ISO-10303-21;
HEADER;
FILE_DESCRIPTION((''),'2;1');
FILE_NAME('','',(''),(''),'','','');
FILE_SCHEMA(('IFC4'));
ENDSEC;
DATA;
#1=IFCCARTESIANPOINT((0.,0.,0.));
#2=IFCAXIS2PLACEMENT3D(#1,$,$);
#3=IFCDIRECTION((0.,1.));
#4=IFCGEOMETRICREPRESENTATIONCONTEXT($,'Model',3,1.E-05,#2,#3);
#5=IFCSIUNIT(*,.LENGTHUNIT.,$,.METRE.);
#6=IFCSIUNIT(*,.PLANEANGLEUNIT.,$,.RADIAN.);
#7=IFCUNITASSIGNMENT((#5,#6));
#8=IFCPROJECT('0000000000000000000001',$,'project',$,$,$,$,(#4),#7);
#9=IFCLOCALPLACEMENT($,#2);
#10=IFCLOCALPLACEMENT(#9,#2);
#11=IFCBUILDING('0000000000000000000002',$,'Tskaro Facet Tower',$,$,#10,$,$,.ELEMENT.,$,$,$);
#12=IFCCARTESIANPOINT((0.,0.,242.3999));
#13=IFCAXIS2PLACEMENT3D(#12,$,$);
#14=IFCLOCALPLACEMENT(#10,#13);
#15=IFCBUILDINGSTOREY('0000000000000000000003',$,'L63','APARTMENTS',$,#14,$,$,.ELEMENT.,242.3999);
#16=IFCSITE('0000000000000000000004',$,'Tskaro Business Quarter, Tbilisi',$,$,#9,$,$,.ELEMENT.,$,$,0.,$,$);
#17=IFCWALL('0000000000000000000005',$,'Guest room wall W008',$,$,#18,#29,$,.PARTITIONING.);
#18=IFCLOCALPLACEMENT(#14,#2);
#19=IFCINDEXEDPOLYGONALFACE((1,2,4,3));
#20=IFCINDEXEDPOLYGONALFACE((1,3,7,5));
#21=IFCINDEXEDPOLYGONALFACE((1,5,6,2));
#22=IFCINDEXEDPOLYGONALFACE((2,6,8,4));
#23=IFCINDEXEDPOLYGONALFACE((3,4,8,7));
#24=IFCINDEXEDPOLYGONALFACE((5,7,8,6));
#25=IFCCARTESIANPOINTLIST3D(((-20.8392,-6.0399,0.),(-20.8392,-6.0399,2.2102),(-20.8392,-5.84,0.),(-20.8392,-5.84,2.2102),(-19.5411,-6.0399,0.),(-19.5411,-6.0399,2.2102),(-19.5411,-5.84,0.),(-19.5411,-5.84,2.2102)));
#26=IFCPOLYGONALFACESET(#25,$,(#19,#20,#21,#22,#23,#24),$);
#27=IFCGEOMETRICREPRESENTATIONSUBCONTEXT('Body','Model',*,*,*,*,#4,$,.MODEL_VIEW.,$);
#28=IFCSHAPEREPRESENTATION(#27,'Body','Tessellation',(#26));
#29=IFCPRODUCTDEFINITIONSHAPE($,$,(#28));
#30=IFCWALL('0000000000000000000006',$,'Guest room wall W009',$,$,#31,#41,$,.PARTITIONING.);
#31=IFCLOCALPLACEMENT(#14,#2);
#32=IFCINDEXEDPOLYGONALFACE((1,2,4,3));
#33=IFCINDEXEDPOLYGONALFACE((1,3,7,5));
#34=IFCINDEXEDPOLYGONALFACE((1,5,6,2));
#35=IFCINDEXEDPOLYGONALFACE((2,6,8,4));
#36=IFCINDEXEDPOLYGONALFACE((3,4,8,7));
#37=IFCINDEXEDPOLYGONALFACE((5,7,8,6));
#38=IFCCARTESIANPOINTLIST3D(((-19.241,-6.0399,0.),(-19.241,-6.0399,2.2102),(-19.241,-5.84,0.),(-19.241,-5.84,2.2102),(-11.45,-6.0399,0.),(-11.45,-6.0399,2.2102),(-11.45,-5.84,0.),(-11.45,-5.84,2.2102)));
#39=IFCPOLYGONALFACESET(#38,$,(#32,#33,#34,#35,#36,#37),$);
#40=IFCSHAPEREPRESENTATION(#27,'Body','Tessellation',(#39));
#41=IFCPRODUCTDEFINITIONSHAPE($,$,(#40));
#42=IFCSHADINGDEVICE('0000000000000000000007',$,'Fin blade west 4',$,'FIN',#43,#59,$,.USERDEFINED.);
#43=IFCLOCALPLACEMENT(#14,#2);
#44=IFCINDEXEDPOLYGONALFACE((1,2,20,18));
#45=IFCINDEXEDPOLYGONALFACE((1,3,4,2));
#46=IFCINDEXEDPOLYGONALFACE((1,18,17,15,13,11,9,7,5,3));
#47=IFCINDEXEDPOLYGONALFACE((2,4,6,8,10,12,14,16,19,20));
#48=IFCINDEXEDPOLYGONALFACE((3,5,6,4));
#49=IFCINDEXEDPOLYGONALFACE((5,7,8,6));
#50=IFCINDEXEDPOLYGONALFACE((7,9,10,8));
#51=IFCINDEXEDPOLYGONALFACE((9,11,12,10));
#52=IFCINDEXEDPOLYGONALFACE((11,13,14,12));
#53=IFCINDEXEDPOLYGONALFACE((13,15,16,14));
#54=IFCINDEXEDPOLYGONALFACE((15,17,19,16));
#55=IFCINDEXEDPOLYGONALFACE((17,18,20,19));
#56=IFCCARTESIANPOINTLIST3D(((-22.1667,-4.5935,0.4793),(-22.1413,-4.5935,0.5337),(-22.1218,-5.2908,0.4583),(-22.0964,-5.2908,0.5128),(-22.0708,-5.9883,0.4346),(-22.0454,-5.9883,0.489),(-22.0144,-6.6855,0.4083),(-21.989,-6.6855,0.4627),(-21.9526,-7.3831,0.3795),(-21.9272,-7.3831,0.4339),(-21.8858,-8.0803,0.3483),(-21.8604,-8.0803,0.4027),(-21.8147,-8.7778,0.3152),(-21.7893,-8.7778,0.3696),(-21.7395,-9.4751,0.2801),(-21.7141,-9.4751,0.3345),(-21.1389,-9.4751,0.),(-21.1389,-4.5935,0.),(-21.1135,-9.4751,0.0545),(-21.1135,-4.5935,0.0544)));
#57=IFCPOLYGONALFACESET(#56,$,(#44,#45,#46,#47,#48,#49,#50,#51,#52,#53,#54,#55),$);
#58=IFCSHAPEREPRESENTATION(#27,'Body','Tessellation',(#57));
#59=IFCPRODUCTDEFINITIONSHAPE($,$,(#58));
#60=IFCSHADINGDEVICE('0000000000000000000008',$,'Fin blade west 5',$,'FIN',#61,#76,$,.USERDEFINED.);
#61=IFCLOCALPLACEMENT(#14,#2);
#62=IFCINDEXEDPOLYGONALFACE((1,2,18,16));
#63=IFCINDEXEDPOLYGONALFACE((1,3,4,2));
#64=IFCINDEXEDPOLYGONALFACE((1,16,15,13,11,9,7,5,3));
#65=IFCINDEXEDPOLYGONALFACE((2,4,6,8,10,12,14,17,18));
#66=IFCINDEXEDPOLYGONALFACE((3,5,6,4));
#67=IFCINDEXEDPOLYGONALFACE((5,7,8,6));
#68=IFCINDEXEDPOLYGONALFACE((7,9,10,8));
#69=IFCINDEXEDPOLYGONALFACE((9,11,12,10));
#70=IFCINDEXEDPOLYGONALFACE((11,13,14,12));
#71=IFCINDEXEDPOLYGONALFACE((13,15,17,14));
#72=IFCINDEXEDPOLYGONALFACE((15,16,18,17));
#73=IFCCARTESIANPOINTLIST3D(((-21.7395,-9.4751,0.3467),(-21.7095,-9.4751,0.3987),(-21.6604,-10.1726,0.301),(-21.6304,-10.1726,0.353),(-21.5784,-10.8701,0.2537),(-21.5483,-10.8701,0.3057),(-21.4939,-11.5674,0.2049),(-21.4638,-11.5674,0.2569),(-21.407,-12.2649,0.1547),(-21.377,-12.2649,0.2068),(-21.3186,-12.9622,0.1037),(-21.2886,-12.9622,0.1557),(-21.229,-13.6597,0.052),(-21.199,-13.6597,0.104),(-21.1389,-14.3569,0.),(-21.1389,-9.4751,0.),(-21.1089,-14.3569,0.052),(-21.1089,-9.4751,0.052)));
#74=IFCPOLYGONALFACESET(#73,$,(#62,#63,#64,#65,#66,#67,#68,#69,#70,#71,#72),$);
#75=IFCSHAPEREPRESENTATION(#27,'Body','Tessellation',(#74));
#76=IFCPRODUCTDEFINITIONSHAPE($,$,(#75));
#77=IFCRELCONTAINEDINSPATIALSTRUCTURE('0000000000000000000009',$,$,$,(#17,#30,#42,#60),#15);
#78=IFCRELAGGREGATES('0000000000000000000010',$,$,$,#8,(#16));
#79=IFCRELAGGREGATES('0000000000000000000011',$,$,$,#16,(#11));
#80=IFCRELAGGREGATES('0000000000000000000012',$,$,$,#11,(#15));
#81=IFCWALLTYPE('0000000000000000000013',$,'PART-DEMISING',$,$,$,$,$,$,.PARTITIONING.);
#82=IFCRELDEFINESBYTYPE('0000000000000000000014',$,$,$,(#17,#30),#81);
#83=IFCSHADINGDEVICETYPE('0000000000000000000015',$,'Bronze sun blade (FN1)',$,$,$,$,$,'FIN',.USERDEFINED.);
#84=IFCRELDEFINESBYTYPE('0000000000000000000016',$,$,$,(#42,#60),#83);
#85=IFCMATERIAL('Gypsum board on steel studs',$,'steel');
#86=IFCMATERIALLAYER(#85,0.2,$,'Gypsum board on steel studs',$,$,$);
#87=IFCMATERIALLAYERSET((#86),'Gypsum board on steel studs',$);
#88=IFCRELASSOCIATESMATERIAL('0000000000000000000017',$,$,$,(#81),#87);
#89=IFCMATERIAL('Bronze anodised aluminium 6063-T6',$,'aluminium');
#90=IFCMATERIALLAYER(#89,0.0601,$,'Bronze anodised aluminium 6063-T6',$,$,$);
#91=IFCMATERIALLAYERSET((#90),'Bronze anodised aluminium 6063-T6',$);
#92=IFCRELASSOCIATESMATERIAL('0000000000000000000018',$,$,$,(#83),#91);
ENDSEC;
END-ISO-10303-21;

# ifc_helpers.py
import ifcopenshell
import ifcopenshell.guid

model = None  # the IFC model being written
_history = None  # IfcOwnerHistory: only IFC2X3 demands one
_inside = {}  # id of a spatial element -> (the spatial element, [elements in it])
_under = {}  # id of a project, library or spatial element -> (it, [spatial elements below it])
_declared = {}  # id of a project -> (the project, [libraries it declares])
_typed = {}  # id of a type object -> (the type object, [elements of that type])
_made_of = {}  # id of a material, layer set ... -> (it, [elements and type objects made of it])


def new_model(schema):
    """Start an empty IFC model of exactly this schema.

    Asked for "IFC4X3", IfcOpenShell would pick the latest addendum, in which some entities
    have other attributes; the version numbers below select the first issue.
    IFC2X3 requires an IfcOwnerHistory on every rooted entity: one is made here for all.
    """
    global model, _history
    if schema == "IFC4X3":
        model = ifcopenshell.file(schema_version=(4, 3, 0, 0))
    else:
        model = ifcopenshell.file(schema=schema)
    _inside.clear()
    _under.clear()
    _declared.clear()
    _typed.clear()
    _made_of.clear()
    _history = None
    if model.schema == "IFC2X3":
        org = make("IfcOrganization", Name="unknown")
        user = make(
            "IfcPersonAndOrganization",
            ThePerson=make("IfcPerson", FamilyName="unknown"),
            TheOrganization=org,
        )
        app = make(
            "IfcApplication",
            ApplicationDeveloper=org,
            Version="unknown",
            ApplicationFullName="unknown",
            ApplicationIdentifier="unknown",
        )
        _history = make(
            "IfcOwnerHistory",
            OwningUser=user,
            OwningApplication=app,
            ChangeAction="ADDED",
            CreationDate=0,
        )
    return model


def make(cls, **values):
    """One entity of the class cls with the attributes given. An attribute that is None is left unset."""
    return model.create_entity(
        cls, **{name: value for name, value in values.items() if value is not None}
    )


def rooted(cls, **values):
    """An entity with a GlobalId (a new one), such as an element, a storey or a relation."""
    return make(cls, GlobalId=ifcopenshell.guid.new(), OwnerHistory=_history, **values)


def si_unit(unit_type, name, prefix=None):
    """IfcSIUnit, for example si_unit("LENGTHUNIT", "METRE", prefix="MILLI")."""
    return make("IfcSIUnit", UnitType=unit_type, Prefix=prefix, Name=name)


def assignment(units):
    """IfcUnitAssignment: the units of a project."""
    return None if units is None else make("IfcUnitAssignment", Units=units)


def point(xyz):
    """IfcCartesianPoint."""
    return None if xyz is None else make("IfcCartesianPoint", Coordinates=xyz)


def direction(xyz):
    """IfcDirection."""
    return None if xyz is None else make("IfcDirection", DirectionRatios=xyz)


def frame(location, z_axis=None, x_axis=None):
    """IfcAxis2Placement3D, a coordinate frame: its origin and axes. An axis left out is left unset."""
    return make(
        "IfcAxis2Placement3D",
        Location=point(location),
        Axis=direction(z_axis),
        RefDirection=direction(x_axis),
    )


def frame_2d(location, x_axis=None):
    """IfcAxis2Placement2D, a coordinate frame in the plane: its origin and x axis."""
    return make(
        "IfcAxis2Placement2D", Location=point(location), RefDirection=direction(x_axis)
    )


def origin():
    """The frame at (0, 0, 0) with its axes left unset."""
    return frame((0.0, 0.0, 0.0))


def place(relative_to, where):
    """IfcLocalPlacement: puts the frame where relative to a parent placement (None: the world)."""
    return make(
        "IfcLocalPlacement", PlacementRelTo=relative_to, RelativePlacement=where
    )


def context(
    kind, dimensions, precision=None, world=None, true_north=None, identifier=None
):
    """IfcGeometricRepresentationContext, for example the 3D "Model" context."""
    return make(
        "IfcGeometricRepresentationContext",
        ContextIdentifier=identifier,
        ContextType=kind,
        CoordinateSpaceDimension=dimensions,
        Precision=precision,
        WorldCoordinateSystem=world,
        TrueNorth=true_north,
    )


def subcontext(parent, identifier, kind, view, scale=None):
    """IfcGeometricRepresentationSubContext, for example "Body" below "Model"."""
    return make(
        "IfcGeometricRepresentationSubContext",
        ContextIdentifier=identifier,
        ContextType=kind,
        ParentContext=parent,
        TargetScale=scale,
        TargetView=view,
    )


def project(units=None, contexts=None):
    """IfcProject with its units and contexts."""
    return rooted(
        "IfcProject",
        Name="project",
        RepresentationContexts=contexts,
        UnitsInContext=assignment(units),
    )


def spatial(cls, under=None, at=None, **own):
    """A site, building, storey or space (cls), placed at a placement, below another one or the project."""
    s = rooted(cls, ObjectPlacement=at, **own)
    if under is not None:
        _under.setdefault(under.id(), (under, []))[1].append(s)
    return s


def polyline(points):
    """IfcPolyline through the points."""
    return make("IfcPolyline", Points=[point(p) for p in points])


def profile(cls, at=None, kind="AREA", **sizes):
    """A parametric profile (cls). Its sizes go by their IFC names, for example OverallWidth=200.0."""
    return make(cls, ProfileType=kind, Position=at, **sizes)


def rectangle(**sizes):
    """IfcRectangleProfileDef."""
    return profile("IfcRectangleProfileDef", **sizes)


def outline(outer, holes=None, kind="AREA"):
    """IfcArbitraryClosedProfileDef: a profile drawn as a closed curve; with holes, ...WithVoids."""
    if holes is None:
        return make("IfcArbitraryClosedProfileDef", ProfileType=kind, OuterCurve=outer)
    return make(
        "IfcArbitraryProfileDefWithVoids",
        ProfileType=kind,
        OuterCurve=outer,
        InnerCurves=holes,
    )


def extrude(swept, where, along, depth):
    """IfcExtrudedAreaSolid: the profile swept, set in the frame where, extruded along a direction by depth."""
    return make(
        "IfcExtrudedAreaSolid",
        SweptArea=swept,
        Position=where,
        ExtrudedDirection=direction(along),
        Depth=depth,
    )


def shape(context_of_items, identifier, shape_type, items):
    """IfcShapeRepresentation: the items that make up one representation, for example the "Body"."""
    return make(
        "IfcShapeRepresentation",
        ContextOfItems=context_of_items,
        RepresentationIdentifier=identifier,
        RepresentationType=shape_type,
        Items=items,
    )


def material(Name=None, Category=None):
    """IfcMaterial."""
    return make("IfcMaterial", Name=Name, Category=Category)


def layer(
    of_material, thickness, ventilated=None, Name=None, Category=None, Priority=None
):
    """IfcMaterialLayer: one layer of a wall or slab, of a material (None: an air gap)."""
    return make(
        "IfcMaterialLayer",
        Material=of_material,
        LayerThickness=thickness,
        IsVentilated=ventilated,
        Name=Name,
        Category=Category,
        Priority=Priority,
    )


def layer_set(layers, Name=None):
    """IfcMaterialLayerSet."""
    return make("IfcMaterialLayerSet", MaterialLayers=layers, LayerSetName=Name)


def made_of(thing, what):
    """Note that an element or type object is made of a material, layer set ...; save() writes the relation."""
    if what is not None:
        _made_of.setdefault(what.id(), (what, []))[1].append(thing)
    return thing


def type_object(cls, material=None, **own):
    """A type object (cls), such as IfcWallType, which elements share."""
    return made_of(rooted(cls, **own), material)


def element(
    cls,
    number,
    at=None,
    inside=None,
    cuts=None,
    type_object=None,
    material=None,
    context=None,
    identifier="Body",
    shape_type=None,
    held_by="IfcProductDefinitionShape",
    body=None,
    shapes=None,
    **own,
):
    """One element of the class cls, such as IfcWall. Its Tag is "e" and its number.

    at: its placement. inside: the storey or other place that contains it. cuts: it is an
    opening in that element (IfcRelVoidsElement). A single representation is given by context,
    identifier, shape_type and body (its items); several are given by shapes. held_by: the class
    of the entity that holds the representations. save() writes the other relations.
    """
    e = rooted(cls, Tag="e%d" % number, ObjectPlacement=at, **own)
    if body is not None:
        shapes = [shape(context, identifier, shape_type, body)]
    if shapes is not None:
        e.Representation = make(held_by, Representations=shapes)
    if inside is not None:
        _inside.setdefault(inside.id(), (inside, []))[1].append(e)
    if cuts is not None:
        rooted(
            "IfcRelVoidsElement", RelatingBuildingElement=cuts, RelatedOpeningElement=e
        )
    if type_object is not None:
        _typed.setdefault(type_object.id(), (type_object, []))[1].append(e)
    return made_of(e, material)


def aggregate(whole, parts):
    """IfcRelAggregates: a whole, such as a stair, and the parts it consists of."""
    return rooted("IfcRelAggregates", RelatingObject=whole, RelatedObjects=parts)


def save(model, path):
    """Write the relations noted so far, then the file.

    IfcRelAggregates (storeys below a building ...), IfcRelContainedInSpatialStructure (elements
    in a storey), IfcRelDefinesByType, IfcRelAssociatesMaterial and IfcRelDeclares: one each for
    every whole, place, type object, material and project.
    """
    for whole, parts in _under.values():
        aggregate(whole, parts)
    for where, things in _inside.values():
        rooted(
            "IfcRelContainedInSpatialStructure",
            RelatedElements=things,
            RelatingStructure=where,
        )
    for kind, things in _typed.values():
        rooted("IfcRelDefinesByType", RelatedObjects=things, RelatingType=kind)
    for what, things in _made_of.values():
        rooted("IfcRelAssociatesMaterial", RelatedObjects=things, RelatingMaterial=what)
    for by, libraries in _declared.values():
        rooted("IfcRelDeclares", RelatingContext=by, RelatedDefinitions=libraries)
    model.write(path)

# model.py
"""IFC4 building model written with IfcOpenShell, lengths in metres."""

from ifc_helpers import new_model, si_unit, direction, frame, frame_2d, origin, place, context, subcontext, project, spatial, polyline, rectangle, outline, extrude, material, layer, layer_set, type_object, element, save


model = new_model("IFC4")

# Units and contexts
model_context = context("Model", 3, precision=1e-05, world=origin(), true_north=direction((0.0, 1.0)))
body_context = subcontext(model_context, "Body", "Model", "MODEL_VIEW")
ifc_project = project(units=[si_unit("LENGTHUNIT", "METRE"), si_unit("PLANEANGLEUNIT", "RADIAN")], contexts=[model_context])

# Site, building, storey
site_placement = place(None, origin())
site = spatial("IfcSite", under=ifc_project, at=site_placement, Name="Tskaro Business Quarter, Tbilisi", CompositionType="ELEMENT", RefElevation=0.0)
building_placement = place(site_placement, origin())
building = spatial("IfcBuilding", under=site, at=building_placement, Name="Tskaro Facet Tower", CompositionType="ELEMENT")
storey_placement = place(building_placement, frame((0.0, 0.0, 242.3999)))
storey = spatial("IfcBuildingStorey", under=building, at=storey_placement, Name="L63", Description="APARTMENTS", CompositionType="ELEMENT", Elevation=242.3999)

# Shared definitions
ifc_material_1 = material(Name="Bronze anodised aluminium 6063-T6", Category="aluminium")

# Shared definitions
ifc_material_2 = material(Name="Gypsum board on steel studs", Category="steel")

# Walls
ifc_layer_1 = layer(ifc_material_2, 0.2, Name="Gypsum board on steel studs")
ifc_layer_set_1 = layer_set([ifc_layer_1], Name="Gypsum board on steel studs")
wall_type_1 = type_object("IfcWallType", Name="PART-DEMISING", PredefinedType="PARTITIONING", material=ifc_layer_set_1)
wall_1_placement = place(storey_placement, frame((-20.8391, -5.9399, 0.0), z_axis=(0.0, 0.0, 1.0), x_axis=(1.0, 0.0, 0.0)))
element("IfcWall", 1, at=wall_1_placement, inside=storey, type_object=wall_type_1, Name="Guest room wall W008", PredefinedType="PARTITIONING", context=body_context, shape_type="SweptSolid", body=[
    extrude(rectangle(XDim=1.2981, YDim=0.2, at=frame_2d((0.6489, 0.0))), origin(), (0.0, 0.0, 1.0), 2.2102),
])
wall_2_placement = place(storey_placement, frame((-19.241, -5.9399, 0.0), z_axis=(0.0, 0.0, 1.0), x_axis=(1.0, 0.0, 0.0)))
element("IfcWall", 2, at=wall_2_placement, inside=storey, type_object=wall_type_1, Name="Guest room wall W009", PredefinedType="PARTITIONING", context=body_context, shape_type="SweptSolid", body=[
    extrude(rectangle(XDim=7.791, YDim=0.2, at=frame_2d((3.8955, 0.0))), origin(), (0.0, 0.0, 1.0), 2.2102),
])

# Shading devices
ifc_layer_2 = layer(ifc_material_1, 0.0601, Name="Bronze anodised aluminium 6063-T6")
ifc_layer_set_2 = layer_set([ifc_layer_2], Name="Bronze anodised aluminium 6063-T6")
shading_device_type = type_object("IfcShadingDeviceType", Name="Bronze sun blade (FN1)", ElementType="FIN", PredefinedType="USERDEFINED", material=ifc_layer_set_2)
shading_device_1_placement = place(storey_placement, frame((-21.1135, -4.5935, 0.0544), z_axis=(0.42262, 0.000003, 0.906307), x_axis=(0.000001, -1.0, 0.000003)))
element("IfcShadingDevice", 3, at=shading_device_1_placement, inside=storey, type_object=shading_device_type, Name="Fin blade west 4", ObjectType="FIN", PredefinedType="USERDEFINED", context=body_context, shape_type="SweptSolid", body=[
    extrude(outline(polyline([(0.0, 0.0), (4.8816, 0.0), (4.8816, -0.6627), (4.1843, -0.7457), (3.4868, -0.8241), (2.7896, -0.8978), (2.092, -0.966), (1.3948, -1.0282), (0.6973, -1.0845), (0.0, -1.1341), (0.0, 0.0)])), origin(), (0.0, 0.0, -1.0), 0.0601),
])
shading_device_2_placement = place(storey_placement, frame((-21.1089, -9.4751, 0.052), z_axis=(0.499929, 0.000001, 0.866066), x_axis=(0.0, -1.0, 0.000001)))
element("IfcShadingDevice", 4, at=shading_device_2_placement, inside=storey, type_object=shading_device_type, Name="Fin blade west 5", ObjectType="FIN", PredefinedType="USERDEFINED", context=body_context, shape_type="SweptSolid", body=[
    extrude(outline(polyline([(0.0, 0.0), (4.8818, 0.0), (4.1846, -0.104), (3.4871, -0.2075), (2.7898, -0.3095), (2.0923, -0.4098), (1.395, -0.5074), (0.6975, -0.6021), (0.0, -0.6935), (0.0, 0.0)])), origin(), (0.0, 0.0, -1.0), 0.0601),
])

save(model, "model.ifc")
